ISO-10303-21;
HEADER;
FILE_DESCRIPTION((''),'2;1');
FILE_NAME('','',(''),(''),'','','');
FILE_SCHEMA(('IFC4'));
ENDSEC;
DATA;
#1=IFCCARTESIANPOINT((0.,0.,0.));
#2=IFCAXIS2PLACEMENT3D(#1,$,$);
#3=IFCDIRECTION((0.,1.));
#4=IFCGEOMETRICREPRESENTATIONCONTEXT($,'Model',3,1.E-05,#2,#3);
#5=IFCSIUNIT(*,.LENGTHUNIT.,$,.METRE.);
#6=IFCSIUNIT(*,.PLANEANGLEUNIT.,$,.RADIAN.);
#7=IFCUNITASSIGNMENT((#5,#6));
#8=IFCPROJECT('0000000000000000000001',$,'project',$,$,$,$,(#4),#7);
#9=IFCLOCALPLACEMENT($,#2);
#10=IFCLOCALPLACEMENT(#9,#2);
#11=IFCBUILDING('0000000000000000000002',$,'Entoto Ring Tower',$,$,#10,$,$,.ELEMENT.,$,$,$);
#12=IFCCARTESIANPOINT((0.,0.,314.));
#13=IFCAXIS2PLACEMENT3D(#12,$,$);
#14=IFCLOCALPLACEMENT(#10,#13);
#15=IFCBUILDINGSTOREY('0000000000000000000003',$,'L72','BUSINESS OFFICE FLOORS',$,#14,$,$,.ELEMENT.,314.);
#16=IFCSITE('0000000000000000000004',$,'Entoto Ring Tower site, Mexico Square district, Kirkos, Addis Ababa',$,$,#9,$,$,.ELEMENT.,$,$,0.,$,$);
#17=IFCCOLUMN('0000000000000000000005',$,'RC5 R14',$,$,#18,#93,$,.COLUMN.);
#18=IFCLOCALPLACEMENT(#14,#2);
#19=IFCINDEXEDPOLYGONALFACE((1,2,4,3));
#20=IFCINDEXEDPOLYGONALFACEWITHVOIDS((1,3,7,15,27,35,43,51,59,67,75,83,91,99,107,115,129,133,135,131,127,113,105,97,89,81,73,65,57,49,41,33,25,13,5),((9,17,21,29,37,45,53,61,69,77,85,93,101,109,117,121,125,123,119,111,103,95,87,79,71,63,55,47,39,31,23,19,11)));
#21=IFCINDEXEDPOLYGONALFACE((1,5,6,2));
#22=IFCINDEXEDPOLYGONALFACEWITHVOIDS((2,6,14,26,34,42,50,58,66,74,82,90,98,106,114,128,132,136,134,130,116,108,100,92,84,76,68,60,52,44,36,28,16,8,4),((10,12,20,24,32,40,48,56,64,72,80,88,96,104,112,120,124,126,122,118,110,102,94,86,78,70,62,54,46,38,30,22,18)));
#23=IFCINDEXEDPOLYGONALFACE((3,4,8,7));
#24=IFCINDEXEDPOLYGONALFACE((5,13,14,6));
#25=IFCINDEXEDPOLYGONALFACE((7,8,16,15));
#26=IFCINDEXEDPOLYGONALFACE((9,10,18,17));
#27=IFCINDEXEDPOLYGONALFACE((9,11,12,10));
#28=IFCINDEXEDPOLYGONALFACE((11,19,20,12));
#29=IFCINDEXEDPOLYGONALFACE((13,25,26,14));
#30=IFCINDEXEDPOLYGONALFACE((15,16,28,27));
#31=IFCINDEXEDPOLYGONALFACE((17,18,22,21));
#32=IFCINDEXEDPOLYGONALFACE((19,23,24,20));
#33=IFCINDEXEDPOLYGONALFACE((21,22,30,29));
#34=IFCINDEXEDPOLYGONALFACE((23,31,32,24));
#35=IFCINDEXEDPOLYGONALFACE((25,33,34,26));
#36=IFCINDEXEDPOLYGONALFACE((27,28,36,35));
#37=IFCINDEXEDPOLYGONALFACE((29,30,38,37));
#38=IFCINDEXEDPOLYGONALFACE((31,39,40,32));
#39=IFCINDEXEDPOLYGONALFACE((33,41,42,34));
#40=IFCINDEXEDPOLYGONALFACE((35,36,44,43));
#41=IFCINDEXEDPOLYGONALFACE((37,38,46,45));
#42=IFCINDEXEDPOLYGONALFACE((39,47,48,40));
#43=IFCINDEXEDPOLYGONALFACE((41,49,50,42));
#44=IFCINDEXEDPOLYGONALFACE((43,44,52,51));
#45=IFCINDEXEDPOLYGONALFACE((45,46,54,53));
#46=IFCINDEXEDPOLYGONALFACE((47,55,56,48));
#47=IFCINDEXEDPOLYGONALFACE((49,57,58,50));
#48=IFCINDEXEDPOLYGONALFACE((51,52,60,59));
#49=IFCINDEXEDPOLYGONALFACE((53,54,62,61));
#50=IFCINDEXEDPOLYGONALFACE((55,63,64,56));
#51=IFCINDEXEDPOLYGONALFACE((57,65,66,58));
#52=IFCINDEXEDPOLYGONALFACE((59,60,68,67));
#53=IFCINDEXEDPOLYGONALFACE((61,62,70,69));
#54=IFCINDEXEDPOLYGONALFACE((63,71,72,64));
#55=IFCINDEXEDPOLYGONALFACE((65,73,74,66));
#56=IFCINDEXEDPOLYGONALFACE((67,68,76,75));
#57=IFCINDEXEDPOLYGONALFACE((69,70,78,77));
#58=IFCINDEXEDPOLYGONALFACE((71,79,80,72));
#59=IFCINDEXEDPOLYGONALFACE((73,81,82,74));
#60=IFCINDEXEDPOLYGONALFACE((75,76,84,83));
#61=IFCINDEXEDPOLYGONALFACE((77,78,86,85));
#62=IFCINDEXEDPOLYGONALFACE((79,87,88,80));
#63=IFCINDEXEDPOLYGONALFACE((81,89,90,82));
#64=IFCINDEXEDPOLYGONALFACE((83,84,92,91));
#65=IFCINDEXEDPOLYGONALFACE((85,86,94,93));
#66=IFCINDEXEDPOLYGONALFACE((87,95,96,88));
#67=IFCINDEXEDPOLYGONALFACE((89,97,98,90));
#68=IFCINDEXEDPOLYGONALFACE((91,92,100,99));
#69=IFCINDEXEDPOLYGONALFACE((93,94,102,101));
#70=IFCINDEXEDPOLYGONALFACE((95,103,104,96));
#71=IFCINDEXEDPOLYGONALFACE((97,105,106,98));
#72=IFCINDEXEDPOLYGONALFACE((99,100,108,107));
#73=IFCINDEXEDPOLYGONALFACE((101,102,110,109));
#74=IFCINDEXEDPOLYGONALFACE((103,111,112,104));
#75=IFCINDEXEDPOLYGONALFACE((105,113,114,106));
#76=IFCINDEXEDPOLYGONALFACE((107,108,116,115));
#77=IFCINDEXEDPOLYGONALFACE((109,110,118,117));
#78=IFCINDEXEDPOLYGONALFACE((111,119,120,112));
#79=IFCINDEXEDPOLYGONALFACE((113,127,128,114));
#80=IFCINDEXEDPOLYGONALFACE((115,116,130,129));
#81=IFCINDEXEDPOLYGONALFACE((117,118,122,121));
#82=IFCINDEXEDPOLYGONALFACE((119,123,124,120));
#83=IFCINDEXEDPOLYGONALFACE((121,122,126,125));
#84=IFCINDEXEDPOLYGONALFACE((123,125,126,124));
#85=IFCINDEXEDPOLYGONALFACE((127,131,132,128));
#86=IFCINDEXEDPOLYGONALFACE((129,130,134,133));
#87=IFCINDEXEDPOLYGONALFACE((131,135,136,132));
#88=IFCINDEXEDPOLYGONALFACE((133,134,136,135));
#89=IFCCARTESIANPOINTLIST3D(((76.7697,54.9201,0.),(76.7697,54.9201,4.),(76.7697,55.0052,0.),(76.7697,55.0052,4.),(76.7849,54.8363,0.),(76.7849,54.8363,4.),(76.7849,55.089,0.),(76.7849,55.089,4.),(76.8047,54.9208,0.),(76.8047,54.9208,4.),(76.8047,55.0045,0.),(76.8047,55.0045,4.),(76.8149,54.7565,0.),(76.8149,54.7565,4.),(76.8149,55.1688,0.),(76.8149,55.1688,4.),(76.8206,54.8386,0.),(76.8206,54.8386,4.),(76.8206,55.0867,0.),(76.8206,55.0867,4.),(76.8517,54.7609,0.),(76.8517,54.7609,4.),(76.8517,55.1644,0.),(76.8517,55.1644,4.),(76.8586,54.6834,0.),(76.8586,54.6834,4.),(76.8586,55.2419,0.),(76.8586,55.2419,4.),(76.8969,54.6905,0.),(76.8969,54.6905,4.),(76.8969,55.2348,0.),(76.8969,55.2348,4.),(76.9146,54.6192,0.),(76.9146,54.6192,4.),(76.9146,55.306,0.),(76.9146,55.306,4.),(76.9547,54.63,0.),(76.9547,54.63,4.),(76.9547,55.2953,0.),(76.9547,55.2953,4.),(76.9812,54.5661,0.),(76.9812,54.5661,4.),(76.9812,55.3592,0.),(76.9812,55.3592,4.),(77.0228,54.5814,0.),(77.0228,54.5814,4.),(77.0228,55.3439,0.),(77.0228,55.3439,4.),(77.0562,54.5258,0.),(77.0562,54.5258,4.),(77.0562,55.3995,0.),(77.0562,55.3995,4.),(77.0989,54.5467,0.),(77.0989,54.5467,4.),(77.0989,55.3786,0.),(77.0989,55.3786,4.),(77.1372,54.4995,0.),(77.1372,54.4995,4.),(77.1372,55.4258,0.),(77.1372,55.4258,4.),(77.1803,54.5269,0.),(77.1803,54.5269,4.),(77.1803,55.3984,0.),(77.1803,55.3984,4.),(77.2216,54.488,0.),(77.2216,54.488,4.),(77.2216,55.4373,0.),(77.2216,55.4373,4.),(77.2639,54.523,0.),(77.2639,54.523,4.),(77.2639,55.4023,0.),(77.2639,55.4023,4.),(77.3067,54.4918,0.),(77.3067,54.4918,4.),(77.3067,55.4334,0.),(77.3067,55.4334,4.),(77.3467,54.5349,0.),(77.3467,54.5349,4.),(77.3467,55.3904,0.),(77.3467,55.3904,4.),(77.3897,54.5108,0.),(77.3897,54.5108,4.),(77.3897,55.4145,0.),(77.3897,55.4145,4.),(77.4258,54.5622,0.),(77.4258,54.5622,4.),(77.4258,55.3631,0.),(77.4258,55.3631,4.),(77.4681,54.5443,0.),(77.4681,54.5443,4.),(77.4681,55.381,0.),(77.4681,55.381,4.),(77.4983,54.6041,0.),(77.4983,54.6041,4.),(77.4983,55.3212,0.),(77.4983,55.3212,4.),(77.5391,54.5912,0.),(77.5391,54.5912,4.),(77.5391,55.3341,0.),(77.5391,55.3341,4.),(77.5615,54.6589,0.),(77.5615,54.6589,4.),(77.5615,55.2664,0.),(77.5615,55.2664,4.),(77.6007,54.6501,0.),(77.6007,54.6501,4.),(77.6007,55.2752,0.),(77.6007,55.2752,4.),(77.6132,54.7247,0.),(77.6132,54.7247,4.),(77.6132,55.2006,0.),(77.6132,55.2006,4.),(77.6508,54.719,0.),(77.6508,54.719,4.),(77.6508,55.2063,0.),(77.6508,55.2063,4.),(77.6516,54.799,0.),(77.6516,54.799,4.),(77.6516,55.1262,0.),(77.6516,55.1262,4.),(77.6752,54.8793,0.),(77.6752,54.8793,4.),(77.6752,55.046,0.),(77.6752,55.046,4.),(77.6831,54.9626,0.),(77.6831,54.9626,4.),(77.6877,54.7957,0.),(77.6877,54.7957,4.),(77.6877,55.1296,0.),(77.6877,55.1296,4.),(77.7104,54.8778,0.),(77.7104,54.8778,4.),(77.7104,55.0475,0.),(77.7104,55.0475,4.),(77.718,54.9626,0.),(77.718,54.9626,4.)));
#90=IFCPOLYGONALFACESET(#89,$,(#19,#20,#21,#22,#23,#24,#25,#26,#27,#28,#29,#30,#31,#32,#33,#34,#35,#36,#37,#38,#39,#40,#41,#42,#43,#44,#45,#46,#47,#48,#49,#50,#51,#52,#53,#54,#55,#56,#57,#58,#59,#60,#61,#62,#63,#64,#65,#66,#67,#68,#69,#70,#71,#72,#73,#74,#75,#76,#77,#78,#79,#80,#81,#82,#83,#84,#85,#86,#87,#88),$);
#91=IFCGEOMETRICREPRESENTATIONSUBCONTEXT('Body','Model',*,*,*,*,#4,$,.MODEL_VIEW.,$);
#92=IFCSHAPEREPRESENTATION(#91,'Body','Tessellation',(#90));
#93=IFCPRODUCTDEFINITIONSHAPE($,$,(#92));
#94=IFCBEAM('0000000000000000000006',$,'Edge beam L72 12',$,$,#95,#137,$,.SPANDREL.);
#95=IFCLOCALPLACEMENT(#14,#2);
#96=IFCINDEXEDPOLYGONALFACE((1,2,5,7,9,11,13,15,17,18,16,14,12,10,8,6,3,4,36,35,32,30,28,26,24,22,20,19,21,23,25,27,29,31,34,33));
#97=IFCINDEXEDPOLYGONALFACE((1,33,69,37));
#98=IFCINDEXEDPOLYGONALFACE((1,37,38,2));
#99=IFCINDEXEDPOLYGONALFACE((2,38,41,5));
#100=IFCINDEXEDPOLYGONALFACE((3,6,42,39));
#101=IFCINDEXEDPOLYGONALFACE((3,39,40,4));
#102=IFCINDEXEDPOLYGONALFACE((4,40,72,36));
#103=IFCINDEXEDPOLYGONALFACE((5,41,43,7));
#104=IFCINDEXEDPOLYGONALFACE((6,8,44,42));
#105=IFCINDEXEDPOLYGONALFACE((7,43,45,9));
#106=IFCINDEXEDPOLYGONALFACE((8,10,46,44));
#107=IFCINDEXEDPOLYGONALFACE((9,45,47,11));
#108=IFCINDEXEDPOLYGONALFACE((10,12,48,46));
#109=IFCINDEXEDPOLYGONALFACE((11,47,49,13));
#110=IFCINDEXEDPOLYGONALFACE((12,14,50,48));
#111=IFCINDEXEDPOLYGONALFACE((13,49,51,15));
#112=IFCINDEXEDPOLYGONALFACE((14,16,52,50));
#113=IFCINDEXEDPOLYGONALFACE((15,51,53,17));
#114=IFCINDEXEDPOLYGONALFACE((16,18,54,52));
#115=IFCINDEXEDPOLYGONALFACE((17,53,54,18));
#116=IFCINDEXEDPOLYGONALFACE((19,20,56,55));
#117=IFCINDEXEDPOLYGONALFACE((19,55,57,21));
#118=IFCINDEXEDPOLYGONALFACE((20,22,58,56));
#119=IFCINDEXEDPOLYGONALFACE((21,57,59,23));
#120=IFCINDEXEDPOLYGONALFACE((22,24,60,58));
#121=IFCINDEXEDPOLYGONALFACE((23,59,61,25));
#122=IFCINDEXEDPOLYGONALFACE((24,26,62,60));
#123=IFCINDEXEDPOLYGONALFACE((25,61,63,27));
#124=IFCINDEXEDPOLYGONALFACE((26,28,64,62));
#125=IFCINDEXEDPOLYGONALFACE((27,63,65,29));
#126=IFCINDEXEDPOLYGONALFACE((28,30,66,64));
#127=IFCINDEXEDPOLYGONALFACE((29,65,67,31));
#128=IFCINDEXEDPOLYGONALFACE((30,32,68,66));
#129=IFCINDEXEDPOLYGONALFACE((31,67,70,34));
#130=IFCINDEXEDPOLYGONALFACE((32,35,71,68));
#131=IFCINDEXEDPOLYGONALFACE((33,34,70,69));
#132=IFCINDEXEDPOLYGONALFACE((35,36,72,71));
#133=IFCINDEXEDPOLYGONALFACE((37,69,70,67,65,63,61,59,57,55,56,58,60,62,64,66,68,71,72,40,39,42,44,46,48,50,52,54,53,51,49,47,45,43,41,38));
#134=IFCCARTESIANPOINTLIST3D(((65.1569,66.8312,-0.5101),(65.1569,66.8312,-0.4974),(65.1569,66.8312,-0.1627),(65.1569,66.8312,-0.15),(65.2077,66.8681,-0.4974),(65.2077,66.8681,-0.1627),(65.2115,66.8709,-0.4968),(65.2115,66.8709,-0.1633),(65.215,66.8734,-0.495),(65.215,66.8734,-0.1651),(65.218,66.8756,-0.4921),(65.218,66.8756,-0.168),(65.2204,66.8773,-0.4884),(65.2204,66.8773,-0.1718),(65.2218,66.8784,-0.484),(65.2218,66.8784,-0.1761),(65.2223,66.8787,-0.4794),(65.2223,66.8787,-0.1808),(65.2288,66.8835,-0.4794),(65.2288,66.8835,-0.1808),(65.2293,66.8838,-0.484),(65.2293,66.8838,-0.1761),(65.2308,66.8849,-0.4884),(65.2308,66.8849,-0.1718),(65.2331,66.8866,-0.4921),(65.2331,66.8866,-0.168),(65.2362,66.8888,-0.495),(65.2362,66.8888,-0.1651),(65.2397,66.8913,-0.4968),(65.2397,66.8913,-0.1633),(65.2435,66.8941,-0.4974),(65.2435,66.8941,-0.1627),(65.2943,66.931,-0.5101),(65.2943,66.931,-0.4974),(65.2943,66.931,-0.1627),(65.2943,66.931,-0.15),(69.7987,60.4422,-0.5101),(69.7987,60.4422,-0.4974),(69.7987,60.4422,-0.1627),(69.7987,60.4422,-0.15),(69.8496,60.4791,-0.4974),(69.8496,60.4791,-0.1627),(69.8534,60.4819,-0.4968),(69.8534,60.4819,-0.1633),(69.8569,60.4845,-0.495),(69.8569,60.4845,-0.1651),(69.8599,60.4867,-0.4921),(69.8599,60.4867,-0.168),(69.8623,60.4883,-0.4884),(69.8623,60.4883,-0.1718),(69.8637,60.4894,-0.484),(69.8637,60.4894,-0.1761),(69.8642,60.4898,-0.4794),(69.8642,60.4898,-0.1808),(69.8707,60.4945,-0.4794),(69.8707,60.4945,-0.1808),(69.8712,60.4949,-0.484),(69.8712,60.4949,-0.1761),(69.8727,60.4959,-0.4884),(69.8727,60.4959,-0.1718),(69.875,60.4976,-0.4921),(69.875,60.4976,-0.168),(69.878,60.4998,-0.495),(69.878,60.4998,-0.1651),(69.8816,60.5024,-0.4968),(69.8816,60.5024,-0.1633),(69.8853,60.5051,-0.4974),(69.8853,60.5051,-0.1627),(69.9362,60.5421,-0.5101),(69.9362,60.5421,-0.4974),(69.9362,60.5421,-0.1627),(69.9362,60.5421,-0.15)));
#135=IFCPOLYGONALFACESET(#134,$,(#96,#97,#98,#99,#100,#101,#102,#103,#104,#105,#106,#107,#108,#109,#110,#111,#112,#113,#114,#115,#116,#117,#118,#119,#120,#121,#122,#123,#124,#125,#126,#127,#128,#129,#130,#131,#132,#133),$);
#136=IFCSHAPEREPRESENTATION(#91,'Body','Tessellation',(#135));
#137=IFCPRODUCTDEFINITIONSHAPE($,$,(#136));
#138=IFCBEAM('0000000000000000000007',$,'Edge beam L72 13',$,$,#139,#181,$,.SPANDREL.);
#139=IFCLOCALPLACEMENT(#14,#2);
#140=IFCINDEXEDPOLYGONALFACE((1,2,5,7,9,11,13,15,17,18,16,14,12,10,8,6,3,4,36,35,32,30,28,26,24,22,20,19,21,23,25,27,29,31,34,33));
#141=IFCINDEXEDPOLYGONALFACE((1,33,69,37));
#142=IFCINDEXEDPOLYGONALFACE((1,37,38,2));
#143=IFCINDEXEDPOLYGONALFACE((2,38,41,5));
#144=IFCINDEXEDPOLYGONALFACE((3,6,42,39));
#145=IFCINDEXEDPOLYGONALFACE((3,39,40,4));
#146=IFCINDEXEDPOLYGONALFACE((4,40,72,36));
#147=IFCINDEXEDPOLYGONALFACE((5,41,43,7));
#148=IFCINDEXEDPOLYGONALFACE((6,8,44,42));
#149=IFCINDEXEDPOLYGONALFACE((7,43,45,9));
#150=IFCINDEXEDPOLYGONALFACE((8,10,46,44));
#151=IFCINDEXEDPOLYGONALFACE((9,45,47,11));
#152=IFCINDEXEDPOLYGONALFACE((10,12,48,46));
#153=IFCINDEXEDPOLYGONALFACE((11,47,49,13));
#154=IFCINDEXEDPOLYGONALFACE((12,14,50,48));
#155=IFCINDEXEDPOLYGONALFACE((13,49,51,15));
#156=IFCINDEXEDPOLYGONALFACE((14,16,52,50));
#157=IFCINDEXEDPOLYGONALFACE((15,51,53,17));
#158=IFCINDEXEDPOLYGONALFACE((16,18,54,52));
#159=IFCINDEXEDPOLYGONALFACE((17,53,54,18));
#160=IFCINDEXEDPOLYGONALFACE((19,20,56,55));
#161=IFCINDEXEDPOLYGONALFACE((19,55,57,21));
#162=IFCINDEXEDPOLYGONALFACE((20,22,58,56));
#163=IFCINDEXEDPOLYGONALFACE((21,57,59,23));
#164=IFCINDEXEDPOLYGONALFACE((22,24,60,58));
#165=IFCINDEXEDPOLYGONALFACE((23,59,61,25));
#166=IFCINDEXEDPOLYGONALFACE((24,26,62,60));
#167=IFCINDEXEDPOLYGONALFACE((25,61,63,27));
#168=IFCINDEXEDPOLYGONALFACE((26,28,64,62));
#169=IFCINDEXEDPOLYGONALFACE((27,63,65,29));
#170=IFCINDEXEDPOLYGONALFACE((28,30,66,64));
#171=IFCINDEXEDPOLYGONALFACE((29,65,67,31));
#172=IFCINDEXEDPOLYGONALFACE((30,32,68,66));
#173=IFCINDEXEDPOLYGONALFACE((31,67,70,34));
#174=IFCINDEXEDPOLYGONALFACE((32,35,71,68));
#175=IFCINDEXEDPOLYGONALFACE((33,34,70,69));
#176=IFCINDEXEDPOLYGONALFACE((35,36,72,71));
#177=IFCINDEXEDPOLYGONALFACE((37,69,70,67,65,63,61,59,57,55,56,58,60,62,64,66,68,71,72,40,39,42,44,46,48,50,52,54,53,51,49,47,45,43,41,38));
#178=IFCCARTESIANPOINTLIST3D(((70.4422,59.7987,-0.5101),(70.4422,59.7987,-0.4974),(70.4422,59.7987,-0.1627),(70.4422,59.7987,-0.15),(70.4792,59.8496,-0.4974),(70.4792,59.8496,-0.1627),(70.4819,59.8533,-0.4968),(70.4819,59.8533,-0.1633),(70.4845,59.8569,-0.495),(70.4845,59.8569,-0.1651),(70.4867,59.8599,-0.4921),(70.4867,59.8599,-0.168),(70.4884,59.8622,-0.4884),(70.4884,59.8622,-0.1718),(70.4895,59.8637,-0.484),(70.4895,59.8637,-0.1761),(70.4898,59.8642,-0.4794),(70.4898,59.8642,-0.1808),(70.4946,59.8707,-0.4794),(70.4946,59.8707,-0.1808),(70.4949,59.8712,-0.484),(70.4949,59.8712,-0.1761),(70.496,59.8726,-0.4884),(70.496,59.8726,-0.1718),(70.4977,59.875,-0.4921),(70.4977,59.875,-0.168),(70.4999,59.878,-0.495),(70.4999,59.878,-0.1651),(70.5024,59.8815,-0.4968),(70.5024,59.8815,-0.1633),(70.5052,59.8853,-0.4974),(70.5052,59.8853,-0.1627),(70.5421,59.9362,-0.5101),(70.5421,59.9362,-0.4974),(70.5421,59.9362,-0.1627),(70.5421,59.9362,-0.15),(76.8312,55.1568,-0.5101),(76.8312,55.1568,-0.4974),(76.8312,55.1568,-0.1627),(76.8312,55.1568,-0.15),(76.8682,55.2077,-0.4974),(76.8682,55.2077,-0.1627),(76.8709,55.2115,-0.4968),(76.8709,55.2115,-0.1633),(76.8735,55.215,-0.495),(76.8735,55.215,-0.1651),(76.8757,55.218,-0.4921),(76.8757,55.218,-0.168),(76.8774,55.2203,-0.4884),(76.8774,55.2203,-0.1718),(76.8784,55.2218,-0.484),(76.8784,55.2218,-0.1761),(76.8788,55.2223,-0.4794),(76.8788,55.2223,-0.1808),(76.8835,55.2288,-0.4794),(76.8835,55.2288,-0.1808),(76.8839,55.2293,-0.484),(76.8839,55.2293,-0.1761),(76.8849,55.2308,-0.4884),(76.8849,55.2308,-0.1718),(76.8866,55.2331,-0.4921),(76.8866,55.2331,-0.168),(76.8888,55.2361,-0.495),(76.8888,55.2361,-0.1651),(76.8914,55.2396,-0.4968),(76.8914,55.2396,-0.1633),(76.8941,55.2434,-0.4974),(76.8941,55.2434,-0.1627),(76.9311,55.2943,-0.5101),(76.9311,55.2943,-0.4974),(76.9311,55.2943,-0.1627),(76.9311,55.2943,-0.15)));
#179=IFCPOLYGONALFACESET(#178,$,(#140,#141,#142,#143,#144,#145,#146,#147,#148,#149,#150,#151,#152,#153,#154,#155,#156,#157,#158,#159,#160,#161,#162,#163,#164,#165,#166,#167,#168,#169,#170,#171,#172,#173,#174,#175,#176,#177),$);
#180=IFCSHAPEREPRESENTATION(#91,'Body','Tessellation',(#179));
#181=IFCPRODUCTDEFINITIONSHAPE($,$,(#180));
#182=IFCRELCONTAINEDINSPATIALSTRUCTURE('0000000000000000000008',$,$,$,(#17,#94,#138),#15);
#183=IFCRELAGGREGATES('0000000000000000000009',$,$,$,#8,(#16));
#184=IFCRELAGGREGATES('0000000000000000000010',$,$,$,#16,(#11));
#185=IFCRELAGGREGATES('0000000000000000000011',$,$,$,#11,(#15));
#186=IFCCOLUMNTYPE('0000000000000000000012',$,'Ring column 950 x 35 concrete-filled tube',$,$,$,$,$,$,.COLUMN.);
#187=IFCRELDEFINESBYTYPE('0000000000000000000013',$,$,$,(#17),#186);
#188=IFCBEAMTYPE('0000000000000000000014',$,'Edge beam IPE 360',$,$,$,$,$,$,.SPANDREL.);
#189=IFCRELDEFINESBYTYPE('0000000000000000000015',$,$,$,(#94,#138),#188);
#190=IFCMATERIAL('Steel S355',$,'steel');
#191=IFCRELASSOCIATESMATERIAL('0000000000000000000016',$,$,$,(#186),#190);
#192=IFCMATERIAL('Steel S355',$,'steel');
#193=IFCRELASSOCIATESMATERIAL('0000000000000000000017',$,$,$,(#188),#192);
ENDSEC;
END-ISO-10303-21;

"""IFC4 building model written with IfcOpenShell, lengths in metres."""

from ifc_helpers import new_model, si_unit, direction, frame, origin, origin_2d, place, context, subcontext, project, spatial, circle, hollow_circle, i_section, extrude, material, material_profile, profile_set, type_object, element, save


model = new_model("IFC4")

# Units and contexts
model_context = context("Model", 3, precision=1e-05, world=origin(), true_north=direction((0.0, 1.0)))
body_context = subcontext(model_context, "Body", "Model", "MODEL_VIEW")
ifc_project = project(units=[si_unit("LENGTHUNIT", "METRE"), si_unit("PLANEANGLEUNIT", "RADIAN")], contexts=[model_context])

# Site, building, storey
site_placement = place(None, origin())
site = spatial("IfcSite", under=ifc_project, at=site_placement, Name="Entoto Ring Tower site, Mexico Square district, Kirkos, Addis Ababa", CompositionType="ELEMENT", RefElevation=0.0)
building_placement = place(site_placement, origin())
building = spatial("IfcBuilding", under=site, at=building_placement, Name="Entoto Ring Tower", CompositionType="ELEMENT")
storey_placement = place(building_placement, frame((0.0, 0.0, 314.0)))
storey = spatial("IfcBuildingStorey", under=building, at=storey_placement, Name="L72", Description="BUSINESS OFFICE FLOORS", CompositionType="ELEMENT", Elevation=314.0)

# Column
ifc_material_1 = material(Name="Steel S355", Category="steel")
ifc_material_profile_1 = material_profile(ifc_material_1, hollow_circle(Radius=0.4751, WallThickness=0.0349, at=origin_2d()), Name="CHS 950 x 35")
ifc_material_2 = material(Name="Concrete C60/75", Category="concrete")
ifc_material_profile_2 = material_profile(ifc_material_2, circle(Radius=0.4399, at=origin_2d()), Name="Concrete C60/75 infill")
ifc_profile_set_1 = profile_set([ifc_material_profile_1, ifc_material_profile_2], Name="Steel S355")
column_type = type_object("IfcColumnType", Name="Ring column 950 x 35 concrete-filled tube", PredefinedType="COLUMN", material=ifc_profile_set_1)
for number, where, z_axis, x_axis, name in (
    (1, (77.2429, 54.9626, 0.0), (0.0, 0.0, 1.0), (1.0, 0.0, 0.0), "RC5 R14"),
):
    element("IfcColumn", number, at=place(storey_placement, frame(where, z_axis=z_axis, x_axis=x_axis)), inside=storey, type_object=column_type, Name=name, PredefinedType="COLUMN", context=body_context, shape_type="SweptSolid", body=[
        extrude(hollow_circle(Radius=0.4751, WallThickness=0.0349, at=origin_2d()), origin(), (0.0, 0.0, 1.0), 4.0),
    ])

# Beams
ifc_material_3 = material(Name="Steel S355", Category="steel")
ifc_material_profile_3 = material_profile(ifc_material_3, i_section(OverallWidth=0.1699, OverallDepth=0.3601, WebThickness=0.0081, FlangeThickness=0.0127, FilletRadius=0.0181, at=origin_2d()), Name="IPE 360")
ifc_profile_set_2 = profile_set([ifc_material_profile_3], Name="Steel S355")
beam_type_1 = type_object("IfcBeamType", Name="Edge beam IPE 360", PredefinedType="SPANDREL", material=ifc_profile_set_2)
for number, where, z_axis, x_axis, name in (
    (2, (65.2256, 66.8811, -0.3301), (0.587787, -0.809015, 0.0), (0.809015, 0.587787, 0.0), "Edge beam L72 12"),
    (3, (70.4922, 59.8674, -0.3301), (0.809015, -0.587787, 0.0), (0.587787, 0.809015, 0.0), "Edge beam L72 13"),
):
    element("IfcBeam", number, at=place(storey_placement, frame(where, z_axis=z_axis, x_axis=x_axis)), inside=storey, type_object=beam_type_1, Name=name, PredefinedType="SPANDREL", context=body_context, shape_type="SweptSolid", body=[
        extrude(i_section(OverallWidth=0.1699, OverallDepth=0.3601, WebThickness=0.0081, FlangeThickness=0.0127, FilletRadius=0.0181, at=origin_2d()), origin(), (0.0, 0.0, 1.0), 7.8972),
    ])

save(model, "model.ifc")
